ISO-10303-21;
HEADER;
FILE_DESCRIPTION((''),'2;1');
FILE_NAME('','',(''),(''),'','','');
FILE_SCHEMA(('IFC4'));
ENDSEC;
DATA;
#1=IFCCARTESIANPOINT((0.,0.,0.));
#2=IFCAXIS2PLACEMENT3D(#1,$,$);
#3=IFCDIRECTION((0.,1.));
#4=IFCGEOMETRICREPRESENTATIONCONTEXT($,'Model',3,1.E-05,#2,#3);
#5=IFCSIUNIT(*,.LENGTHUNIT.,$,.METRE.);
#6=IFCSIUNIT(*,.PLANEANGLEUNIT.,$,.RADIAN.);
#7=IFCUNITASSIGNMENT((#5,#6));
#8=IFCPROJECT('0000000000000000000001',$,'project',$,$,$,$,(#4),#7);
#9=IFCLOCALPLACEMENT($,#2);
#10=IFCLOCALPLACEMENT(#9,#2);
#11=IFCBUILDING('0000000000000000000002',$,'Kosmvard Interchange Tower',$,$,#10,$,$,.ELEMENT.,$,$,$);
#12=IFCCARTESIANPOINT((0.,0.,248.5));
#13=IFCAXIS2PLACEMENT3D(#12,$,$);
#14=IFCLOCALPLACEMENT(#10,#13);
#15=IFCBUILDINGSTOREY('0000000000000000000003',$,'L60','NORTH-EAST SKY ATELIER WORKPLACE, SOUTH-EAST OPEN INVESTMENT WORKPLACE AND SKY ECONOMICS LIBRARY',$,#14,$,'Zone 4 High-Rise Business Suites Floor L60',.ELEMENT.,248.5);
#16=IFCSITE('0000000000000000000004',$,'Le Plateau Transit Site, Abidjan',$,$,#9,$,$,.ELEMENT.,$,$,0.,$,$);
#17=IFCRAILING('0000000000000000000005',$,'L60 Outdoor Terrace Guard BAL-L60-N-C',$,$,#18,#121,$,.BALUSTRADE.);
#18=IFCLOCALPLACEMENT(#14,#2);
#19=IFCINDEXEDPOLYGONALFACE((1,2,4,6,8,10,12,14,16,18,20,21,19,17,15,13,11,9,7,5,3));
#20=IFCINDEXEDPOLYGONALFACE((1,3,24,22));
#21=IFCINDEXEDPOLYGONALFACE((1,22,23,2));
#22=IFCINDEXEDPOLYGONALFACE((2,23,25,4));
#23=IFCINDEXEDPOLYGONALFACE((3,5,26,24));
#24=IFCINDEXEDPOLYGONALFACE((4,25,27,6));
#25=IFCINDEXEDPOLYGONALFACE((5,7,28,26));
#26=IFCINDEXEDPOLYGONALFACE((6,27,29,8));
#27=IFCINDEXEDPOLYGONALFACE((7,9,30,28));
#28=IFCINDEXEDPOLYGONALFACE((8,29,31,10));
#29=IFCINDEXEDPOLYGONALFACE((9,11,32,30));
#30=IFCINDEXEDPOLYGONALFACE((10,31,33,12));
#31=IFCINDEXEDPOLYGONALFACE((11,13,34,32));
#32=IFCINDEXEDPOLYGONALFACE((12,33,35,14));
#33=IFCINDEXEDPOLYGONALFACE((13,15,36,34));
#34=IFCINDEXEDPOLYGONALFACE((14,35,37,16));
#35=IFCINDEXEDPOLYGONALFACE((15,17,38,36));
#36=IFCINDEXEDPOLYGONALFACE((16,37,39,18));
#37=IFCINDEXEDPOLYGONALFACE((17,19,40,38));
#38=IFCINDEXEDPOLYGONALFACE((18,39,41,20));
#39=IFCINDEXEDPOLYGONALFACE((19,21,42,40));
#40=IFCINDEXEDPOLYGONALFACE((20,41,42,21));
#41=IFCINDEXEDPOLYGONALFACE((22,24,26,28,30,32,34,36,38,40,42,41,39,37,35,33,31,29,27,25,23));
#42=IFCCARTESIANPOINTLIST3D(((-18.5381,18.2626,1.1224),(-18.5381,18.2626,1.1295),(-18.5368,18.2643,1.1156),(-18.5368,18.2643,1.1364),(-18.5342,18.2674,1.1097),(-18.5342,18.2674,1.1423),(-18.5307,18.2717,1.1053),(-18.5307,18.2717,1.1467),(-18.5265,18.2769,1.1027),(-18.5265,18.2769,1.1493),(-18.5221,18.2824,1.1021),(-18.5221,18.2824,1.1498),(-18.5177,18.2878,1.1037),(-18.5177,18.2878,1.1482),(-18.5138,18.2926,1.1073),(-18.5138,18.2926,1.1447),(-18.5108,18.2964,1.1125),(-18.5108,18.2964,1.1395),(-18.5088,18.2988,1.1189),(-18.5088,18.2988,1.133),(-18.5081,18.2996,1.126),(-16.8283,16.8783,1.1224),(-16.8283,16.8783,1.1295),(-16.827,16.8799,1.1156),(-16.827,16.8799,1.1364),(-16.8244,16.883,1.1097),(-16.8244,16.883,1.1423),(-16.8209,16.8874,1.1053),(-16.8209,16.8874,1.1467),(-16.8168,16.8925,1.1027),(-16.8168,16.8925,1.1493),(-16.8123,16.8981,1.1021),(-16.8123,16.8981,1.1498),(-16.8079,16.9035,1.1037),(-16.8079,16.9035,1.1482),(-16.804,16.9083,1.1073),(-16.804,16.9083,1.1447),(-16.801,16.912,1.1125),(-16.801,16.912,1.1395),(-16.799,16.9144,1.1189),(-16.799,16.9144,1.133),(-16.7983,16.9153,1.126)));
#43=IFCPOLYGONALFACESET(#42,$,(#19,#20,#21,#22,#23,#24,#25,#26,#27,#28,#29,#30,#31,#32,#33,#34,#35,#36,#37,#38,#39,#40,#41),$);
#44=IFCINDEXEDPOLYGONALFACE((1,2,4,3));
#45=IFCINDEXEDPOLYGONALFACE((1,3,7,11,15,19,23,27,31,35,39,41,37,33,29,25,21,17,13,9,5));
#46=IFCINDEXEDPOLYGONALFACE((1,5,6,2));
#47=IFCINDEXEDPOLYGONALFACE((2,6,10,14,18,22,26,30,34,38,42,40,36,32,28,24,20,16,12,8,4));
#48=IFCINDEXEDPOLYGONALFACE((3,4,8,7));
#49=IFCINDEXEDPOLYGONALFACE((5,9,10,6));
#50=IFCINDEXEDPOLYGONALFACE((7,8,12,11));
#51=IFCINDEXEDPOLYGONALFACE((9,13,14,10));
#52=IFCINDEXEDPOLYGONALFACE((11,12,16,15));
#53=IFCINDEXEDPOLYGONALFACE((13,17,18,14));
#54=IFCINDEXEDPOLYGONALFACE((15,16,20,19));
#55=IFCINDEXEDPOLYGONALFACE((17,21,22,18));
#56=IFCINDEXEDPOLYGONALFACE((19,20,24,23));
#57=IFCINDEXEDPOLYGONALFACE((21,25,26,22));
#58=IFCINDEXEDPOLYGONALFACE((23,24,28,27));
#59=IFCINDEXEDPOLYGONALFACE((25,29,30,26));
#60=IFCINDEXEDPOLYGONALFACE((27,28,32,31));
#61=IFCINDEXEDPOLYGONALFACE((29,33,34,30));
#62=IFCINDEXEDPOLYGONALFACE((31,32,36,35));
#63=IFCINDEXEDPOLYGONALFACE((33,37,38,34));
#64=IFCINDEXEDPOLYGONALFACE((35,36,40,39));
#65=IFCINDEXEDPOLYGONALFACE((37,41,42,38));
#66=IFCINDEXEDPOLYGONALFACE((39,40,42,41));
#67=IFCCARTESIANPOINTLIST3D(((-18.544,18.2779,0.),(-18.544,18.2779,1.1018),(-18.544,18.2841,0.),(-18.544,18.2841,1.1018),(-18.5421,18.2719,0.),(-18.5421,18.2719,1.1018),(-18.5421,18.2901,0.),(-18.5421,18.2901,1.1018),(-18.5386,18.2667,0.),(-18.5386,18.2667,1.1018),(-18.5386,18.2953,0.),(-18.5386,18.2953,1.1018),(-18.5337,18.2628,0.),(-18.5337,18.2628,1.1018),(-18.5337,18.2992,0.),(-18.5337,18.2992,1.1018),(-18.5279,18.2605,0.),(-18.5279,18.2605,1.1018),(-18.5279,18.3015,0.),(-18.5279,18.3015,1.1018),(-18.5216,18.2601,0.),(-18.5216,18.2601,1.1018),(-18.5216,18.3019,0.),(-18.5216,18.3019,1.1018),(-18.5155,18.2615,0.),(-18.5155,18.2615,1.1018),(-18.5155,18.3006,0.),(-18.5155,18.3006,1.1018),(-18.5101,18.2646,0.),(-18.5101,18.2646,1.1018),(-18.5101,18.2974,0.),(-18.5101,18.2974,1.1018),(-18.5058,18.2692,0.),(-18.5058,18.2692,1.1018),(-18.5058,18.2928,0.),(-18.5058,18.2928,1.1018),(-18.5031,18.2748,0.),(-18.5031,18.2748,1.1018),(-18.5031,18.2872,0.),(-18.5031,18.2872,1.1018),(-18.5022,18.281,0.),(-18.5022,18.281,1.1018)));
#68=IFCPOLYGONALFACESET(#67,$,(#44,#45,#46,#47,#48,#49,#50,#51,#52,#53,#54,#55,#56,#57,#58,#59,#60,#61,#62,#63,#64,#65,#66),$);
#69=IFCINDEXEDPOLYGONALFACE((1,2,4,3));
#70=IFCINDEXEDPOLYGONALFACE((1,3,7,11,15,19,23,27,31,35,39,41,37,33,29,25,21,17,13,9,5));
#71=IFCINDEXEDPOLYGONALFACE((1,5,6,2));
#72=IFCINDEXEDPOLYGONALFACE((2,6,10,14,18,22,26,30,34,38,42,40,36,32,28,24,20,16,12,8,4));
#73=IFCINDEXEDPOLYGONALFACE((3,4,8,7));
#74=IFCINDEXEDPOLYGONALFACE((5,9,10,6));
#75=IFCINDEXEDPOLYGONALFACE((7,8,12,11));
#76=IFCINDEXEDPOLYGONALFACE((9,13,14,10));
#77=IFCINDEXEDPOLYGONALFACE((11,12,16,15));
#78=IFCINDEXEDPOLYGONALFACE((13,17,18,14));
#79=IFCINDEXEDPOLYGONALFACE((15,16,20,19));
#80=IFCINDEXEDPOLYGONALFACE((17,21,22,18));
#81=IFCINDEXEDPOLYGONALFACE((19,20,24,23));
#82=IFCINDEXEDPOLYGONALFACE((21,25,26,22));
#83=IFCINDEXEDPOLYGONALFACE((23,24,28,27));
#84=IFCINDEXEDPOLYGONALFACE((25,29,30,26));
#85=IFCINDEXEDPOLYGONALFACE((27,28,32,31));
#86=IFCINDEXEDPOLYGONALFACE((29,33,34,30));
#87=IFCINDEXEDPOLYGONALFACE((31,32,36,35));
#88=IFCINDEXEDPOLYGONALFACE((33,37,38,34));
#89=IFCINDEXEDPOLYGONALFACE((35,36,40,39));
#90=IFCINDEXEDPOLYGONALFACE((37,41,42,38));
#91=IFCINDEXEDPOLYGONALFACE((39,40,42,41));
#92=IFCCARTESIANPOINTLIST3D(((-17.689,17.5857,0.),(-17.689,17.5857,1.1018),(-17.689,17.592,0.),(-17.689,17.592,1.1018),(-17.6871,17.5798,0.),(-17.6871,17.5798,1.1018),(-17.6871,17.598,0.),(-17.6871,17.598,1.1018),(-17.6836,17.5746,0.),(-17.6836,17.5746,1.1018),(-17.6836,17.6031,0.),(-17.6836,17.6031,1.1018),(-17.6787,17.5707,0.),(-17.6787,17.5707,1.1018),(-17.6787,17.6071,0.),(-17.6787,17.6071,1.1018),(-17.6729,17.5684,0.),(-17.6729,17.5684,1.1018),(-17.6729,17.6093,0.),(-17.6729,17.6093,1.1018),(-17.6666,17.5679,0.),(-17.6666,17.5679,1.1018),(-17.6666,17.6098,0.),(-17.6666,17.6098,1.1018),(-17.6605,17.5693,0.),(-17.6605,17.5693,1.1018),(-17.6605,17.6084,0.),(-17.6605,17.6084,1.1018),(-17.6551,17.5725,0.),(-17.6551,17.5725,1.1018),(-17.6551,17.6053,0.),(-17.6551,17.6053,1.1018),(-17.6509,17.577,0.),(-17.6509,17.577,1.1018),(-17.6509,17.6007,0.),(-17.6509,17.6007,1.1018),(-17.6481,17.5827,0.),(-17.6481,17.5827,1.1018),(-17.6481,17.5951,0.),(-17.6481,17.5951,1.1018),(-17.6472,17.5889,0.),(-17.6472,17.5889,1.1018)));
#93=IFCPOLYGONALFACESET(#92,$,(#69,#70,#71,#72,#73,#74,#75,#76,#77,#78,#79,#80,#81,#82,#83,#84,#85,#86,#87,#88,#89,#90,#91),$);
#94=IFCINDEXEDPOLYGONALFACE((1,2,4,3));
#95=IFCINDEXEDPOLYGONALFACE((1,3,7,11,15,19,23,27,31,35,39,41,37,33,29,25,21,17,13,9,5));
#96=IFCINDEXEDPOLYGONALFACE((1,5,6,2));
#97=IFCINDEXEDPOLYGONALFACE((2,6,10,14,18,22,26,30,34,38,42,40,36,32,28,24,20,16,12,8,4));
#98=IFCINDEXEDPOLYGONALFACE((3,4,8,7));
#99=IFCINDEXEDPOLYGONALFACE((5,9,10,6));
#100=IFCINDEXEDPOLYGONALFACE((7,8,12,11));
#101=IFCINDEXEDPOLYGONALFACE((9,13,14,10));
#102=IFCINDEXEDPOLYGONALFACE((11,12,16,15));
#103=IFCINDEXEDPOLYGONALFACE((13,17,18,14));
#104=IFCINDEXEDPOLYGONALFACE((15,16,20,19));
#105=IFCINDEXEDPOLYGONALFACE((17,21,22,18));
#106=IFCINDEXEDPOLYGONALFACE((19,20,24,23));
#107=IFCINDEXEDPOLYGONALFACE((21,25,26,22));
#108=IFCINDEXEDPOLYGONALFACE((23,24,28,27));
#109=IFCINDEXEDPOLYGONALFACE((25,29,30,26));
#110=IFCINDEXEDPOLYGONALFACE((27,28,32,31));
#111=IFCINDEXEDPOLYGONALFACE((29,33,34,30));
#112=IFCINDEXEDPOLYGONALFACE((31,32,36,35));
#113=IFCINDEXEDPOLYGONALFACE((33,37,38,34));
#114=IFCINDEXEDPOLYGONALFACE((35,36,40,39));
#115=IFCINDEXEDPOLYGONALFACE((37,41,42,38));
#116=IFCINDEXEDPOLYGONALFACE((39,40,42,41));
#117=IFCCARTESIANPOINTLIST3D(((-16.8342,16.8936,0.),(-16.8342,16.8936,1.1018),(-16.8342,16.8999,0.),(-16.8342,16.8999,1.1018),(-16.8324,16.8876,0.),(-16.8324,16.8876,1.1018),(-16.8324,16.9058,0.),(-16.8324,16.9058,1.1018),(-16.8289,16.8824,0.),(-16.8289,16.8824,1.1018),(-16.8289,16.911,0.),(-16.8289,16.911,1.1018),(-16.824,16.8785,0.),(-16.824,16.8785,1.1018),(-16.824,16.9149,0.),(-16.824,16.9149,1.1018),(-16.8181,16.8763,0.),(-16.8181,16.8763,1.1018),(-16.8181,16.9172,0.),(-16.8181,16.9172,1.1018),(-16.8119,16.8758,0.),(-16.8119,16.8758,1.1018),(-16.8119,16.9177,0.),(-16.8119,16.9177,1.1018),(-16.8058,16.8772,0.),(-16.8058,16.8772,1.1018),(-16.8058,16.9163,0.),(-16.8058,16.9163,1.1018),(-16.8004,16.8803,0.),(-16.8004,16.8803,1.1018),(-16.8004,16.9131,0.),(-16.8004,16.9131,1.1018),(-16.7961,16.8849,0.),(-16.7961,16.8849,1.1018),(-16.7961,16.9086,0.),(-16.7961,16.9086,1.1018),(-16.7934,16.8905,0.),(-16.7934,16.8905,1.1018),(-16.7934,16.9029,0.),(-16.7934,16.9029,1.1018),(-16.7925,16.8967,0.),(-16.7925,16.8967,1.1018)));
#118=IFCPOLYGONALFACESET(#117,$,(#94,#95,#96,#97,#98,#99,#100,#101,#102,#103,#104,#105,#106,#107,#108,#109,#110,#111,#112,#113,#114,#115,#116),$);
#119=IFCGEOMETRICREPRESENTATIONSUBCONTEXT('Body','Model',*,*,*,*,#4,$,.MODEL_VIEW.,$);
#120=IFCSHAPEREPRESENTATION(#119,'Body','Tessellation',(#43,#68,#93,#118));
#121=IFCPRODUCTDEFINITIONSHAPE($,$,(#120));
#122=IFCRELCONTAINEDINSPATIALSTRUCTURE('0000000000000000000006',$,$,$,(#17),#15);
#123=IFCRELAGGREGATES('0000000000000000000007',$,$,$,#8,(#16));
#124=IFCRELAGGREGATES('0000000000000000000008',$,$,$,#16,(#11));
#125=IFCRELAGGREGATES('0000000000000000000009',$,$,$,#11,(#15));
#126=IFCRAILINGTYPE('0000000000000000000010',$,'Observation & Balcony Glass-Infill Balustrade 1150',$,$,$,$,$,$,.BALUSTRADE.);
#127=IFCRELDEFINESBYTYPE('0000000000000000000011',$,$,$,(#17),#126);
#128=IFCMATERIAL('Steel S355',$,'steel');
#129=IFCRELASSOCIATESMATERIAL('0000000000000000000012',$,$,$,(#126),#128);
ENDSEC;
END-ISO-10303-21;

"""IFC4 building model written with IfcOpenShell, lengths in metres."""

from ifc_helpers import new_model, si_unit, direction, frame, origin, origin_2d, place, context, subcontext, project, spatial, circle, extrude, source, transform, mapped, material, type_object, element, save


model = new_model("IFC4")

# Units and contexts
model_context = context("Model", 3, precision=1e-05, world=origin(), true_north=direction((0.0, 1.0)))
body_context = subcontext(model_context, "Body", "Model", "MODEL_VIEW")
ifc_project = project(units=[si_unit("LENGTHUNIT", "METRE"), si_unit("PLANEANGLEUNIT", "RADIAN")], contexts=[model_context])

# Site, building, storey
site_placement = place(None, origin())
site = spatial("IfcSite", under=ifc_project, at=site_placement, Name="Le Plateau Transit Site, Abidjan", CompositionType="ELEMENT", RefElevation=0.0)
building_placement = place(site_placement, origin())
building = spatial("IfcBuilding", under=site, at=building_placement, Name="Kosmvard Interchange Tower", CompositionType="ELEMENT")
storey_placement = place(building_placement, frame((0.0, 0.0, 248.5)))
storey = spatial("IfcBuildingStorey", under=building, at=storey_placement, Name="L60", Description="NORTH-EAST SKY ATELIER WORKPLACE, SOUTH-EAST OPEN INVESTMENT WORKPLACE AND SKY ECONOMICS LIBRARY", LongName="Zone 4 High-Rise Business Suites Floor L60", CompositionType="ELEMENT", Elevation=248.5)

# Shared definitions
ifc_material_1 = material(Name="Steel S355", Category="steel")

# Railing
railing_type = type_object("IfcRailingType", Name="Observation & Balcony Glass-Infill Balustrade 1150", PredefinedType="BALUSTRADE", material=ifc_material_1)
shared_shape_1 = source(origin(), body_context, "Body", "SweptSolid", [
    extrude(circle(Radius=0.0239, at=origin_2d()), frame((0.0, 0.0, 1.126), z_axis=(0.777196, -0.629259, 0.0), x_axis=(0.629259, 0.777196, 0.0)), (0.0, 0.0, 1.0), 2.2),
    extrude(circle(Radius=0.021, at=origin_2d()), origin(), (0.0, 0.0, 1.0), 1.1018),
    extrude(circle(Radius=0.021, at=origin_2d()), frame((0.855, -0.6921, 0.0)), (0.0, 0.0, 1.0), 1.1018),
    extrude(circle(Radius=0.021, at=origin_2d()), frame((1.7097, -1.3843, 0.0)), (0.0, 0.0, 1.0), 1.1018),
])
railing_1_placement = place(storey_placement, frame((-18.5232, 18.281, 0.0)))
element("IfcRailing", 1, at=railing_1_placement, inside=storey, type_object=railing_type, Name="L60 Outdoor Terrace Guard BAL-L60-N-C", PredefinedType="BALUSTRADE", context=body_context, shape_type="MappedRepresentation", body=[
    mapped(shared_shape_1, transform((0.0, 0.0, 0.0), scale=1.0)),
])

save(model, "model.ifc")
